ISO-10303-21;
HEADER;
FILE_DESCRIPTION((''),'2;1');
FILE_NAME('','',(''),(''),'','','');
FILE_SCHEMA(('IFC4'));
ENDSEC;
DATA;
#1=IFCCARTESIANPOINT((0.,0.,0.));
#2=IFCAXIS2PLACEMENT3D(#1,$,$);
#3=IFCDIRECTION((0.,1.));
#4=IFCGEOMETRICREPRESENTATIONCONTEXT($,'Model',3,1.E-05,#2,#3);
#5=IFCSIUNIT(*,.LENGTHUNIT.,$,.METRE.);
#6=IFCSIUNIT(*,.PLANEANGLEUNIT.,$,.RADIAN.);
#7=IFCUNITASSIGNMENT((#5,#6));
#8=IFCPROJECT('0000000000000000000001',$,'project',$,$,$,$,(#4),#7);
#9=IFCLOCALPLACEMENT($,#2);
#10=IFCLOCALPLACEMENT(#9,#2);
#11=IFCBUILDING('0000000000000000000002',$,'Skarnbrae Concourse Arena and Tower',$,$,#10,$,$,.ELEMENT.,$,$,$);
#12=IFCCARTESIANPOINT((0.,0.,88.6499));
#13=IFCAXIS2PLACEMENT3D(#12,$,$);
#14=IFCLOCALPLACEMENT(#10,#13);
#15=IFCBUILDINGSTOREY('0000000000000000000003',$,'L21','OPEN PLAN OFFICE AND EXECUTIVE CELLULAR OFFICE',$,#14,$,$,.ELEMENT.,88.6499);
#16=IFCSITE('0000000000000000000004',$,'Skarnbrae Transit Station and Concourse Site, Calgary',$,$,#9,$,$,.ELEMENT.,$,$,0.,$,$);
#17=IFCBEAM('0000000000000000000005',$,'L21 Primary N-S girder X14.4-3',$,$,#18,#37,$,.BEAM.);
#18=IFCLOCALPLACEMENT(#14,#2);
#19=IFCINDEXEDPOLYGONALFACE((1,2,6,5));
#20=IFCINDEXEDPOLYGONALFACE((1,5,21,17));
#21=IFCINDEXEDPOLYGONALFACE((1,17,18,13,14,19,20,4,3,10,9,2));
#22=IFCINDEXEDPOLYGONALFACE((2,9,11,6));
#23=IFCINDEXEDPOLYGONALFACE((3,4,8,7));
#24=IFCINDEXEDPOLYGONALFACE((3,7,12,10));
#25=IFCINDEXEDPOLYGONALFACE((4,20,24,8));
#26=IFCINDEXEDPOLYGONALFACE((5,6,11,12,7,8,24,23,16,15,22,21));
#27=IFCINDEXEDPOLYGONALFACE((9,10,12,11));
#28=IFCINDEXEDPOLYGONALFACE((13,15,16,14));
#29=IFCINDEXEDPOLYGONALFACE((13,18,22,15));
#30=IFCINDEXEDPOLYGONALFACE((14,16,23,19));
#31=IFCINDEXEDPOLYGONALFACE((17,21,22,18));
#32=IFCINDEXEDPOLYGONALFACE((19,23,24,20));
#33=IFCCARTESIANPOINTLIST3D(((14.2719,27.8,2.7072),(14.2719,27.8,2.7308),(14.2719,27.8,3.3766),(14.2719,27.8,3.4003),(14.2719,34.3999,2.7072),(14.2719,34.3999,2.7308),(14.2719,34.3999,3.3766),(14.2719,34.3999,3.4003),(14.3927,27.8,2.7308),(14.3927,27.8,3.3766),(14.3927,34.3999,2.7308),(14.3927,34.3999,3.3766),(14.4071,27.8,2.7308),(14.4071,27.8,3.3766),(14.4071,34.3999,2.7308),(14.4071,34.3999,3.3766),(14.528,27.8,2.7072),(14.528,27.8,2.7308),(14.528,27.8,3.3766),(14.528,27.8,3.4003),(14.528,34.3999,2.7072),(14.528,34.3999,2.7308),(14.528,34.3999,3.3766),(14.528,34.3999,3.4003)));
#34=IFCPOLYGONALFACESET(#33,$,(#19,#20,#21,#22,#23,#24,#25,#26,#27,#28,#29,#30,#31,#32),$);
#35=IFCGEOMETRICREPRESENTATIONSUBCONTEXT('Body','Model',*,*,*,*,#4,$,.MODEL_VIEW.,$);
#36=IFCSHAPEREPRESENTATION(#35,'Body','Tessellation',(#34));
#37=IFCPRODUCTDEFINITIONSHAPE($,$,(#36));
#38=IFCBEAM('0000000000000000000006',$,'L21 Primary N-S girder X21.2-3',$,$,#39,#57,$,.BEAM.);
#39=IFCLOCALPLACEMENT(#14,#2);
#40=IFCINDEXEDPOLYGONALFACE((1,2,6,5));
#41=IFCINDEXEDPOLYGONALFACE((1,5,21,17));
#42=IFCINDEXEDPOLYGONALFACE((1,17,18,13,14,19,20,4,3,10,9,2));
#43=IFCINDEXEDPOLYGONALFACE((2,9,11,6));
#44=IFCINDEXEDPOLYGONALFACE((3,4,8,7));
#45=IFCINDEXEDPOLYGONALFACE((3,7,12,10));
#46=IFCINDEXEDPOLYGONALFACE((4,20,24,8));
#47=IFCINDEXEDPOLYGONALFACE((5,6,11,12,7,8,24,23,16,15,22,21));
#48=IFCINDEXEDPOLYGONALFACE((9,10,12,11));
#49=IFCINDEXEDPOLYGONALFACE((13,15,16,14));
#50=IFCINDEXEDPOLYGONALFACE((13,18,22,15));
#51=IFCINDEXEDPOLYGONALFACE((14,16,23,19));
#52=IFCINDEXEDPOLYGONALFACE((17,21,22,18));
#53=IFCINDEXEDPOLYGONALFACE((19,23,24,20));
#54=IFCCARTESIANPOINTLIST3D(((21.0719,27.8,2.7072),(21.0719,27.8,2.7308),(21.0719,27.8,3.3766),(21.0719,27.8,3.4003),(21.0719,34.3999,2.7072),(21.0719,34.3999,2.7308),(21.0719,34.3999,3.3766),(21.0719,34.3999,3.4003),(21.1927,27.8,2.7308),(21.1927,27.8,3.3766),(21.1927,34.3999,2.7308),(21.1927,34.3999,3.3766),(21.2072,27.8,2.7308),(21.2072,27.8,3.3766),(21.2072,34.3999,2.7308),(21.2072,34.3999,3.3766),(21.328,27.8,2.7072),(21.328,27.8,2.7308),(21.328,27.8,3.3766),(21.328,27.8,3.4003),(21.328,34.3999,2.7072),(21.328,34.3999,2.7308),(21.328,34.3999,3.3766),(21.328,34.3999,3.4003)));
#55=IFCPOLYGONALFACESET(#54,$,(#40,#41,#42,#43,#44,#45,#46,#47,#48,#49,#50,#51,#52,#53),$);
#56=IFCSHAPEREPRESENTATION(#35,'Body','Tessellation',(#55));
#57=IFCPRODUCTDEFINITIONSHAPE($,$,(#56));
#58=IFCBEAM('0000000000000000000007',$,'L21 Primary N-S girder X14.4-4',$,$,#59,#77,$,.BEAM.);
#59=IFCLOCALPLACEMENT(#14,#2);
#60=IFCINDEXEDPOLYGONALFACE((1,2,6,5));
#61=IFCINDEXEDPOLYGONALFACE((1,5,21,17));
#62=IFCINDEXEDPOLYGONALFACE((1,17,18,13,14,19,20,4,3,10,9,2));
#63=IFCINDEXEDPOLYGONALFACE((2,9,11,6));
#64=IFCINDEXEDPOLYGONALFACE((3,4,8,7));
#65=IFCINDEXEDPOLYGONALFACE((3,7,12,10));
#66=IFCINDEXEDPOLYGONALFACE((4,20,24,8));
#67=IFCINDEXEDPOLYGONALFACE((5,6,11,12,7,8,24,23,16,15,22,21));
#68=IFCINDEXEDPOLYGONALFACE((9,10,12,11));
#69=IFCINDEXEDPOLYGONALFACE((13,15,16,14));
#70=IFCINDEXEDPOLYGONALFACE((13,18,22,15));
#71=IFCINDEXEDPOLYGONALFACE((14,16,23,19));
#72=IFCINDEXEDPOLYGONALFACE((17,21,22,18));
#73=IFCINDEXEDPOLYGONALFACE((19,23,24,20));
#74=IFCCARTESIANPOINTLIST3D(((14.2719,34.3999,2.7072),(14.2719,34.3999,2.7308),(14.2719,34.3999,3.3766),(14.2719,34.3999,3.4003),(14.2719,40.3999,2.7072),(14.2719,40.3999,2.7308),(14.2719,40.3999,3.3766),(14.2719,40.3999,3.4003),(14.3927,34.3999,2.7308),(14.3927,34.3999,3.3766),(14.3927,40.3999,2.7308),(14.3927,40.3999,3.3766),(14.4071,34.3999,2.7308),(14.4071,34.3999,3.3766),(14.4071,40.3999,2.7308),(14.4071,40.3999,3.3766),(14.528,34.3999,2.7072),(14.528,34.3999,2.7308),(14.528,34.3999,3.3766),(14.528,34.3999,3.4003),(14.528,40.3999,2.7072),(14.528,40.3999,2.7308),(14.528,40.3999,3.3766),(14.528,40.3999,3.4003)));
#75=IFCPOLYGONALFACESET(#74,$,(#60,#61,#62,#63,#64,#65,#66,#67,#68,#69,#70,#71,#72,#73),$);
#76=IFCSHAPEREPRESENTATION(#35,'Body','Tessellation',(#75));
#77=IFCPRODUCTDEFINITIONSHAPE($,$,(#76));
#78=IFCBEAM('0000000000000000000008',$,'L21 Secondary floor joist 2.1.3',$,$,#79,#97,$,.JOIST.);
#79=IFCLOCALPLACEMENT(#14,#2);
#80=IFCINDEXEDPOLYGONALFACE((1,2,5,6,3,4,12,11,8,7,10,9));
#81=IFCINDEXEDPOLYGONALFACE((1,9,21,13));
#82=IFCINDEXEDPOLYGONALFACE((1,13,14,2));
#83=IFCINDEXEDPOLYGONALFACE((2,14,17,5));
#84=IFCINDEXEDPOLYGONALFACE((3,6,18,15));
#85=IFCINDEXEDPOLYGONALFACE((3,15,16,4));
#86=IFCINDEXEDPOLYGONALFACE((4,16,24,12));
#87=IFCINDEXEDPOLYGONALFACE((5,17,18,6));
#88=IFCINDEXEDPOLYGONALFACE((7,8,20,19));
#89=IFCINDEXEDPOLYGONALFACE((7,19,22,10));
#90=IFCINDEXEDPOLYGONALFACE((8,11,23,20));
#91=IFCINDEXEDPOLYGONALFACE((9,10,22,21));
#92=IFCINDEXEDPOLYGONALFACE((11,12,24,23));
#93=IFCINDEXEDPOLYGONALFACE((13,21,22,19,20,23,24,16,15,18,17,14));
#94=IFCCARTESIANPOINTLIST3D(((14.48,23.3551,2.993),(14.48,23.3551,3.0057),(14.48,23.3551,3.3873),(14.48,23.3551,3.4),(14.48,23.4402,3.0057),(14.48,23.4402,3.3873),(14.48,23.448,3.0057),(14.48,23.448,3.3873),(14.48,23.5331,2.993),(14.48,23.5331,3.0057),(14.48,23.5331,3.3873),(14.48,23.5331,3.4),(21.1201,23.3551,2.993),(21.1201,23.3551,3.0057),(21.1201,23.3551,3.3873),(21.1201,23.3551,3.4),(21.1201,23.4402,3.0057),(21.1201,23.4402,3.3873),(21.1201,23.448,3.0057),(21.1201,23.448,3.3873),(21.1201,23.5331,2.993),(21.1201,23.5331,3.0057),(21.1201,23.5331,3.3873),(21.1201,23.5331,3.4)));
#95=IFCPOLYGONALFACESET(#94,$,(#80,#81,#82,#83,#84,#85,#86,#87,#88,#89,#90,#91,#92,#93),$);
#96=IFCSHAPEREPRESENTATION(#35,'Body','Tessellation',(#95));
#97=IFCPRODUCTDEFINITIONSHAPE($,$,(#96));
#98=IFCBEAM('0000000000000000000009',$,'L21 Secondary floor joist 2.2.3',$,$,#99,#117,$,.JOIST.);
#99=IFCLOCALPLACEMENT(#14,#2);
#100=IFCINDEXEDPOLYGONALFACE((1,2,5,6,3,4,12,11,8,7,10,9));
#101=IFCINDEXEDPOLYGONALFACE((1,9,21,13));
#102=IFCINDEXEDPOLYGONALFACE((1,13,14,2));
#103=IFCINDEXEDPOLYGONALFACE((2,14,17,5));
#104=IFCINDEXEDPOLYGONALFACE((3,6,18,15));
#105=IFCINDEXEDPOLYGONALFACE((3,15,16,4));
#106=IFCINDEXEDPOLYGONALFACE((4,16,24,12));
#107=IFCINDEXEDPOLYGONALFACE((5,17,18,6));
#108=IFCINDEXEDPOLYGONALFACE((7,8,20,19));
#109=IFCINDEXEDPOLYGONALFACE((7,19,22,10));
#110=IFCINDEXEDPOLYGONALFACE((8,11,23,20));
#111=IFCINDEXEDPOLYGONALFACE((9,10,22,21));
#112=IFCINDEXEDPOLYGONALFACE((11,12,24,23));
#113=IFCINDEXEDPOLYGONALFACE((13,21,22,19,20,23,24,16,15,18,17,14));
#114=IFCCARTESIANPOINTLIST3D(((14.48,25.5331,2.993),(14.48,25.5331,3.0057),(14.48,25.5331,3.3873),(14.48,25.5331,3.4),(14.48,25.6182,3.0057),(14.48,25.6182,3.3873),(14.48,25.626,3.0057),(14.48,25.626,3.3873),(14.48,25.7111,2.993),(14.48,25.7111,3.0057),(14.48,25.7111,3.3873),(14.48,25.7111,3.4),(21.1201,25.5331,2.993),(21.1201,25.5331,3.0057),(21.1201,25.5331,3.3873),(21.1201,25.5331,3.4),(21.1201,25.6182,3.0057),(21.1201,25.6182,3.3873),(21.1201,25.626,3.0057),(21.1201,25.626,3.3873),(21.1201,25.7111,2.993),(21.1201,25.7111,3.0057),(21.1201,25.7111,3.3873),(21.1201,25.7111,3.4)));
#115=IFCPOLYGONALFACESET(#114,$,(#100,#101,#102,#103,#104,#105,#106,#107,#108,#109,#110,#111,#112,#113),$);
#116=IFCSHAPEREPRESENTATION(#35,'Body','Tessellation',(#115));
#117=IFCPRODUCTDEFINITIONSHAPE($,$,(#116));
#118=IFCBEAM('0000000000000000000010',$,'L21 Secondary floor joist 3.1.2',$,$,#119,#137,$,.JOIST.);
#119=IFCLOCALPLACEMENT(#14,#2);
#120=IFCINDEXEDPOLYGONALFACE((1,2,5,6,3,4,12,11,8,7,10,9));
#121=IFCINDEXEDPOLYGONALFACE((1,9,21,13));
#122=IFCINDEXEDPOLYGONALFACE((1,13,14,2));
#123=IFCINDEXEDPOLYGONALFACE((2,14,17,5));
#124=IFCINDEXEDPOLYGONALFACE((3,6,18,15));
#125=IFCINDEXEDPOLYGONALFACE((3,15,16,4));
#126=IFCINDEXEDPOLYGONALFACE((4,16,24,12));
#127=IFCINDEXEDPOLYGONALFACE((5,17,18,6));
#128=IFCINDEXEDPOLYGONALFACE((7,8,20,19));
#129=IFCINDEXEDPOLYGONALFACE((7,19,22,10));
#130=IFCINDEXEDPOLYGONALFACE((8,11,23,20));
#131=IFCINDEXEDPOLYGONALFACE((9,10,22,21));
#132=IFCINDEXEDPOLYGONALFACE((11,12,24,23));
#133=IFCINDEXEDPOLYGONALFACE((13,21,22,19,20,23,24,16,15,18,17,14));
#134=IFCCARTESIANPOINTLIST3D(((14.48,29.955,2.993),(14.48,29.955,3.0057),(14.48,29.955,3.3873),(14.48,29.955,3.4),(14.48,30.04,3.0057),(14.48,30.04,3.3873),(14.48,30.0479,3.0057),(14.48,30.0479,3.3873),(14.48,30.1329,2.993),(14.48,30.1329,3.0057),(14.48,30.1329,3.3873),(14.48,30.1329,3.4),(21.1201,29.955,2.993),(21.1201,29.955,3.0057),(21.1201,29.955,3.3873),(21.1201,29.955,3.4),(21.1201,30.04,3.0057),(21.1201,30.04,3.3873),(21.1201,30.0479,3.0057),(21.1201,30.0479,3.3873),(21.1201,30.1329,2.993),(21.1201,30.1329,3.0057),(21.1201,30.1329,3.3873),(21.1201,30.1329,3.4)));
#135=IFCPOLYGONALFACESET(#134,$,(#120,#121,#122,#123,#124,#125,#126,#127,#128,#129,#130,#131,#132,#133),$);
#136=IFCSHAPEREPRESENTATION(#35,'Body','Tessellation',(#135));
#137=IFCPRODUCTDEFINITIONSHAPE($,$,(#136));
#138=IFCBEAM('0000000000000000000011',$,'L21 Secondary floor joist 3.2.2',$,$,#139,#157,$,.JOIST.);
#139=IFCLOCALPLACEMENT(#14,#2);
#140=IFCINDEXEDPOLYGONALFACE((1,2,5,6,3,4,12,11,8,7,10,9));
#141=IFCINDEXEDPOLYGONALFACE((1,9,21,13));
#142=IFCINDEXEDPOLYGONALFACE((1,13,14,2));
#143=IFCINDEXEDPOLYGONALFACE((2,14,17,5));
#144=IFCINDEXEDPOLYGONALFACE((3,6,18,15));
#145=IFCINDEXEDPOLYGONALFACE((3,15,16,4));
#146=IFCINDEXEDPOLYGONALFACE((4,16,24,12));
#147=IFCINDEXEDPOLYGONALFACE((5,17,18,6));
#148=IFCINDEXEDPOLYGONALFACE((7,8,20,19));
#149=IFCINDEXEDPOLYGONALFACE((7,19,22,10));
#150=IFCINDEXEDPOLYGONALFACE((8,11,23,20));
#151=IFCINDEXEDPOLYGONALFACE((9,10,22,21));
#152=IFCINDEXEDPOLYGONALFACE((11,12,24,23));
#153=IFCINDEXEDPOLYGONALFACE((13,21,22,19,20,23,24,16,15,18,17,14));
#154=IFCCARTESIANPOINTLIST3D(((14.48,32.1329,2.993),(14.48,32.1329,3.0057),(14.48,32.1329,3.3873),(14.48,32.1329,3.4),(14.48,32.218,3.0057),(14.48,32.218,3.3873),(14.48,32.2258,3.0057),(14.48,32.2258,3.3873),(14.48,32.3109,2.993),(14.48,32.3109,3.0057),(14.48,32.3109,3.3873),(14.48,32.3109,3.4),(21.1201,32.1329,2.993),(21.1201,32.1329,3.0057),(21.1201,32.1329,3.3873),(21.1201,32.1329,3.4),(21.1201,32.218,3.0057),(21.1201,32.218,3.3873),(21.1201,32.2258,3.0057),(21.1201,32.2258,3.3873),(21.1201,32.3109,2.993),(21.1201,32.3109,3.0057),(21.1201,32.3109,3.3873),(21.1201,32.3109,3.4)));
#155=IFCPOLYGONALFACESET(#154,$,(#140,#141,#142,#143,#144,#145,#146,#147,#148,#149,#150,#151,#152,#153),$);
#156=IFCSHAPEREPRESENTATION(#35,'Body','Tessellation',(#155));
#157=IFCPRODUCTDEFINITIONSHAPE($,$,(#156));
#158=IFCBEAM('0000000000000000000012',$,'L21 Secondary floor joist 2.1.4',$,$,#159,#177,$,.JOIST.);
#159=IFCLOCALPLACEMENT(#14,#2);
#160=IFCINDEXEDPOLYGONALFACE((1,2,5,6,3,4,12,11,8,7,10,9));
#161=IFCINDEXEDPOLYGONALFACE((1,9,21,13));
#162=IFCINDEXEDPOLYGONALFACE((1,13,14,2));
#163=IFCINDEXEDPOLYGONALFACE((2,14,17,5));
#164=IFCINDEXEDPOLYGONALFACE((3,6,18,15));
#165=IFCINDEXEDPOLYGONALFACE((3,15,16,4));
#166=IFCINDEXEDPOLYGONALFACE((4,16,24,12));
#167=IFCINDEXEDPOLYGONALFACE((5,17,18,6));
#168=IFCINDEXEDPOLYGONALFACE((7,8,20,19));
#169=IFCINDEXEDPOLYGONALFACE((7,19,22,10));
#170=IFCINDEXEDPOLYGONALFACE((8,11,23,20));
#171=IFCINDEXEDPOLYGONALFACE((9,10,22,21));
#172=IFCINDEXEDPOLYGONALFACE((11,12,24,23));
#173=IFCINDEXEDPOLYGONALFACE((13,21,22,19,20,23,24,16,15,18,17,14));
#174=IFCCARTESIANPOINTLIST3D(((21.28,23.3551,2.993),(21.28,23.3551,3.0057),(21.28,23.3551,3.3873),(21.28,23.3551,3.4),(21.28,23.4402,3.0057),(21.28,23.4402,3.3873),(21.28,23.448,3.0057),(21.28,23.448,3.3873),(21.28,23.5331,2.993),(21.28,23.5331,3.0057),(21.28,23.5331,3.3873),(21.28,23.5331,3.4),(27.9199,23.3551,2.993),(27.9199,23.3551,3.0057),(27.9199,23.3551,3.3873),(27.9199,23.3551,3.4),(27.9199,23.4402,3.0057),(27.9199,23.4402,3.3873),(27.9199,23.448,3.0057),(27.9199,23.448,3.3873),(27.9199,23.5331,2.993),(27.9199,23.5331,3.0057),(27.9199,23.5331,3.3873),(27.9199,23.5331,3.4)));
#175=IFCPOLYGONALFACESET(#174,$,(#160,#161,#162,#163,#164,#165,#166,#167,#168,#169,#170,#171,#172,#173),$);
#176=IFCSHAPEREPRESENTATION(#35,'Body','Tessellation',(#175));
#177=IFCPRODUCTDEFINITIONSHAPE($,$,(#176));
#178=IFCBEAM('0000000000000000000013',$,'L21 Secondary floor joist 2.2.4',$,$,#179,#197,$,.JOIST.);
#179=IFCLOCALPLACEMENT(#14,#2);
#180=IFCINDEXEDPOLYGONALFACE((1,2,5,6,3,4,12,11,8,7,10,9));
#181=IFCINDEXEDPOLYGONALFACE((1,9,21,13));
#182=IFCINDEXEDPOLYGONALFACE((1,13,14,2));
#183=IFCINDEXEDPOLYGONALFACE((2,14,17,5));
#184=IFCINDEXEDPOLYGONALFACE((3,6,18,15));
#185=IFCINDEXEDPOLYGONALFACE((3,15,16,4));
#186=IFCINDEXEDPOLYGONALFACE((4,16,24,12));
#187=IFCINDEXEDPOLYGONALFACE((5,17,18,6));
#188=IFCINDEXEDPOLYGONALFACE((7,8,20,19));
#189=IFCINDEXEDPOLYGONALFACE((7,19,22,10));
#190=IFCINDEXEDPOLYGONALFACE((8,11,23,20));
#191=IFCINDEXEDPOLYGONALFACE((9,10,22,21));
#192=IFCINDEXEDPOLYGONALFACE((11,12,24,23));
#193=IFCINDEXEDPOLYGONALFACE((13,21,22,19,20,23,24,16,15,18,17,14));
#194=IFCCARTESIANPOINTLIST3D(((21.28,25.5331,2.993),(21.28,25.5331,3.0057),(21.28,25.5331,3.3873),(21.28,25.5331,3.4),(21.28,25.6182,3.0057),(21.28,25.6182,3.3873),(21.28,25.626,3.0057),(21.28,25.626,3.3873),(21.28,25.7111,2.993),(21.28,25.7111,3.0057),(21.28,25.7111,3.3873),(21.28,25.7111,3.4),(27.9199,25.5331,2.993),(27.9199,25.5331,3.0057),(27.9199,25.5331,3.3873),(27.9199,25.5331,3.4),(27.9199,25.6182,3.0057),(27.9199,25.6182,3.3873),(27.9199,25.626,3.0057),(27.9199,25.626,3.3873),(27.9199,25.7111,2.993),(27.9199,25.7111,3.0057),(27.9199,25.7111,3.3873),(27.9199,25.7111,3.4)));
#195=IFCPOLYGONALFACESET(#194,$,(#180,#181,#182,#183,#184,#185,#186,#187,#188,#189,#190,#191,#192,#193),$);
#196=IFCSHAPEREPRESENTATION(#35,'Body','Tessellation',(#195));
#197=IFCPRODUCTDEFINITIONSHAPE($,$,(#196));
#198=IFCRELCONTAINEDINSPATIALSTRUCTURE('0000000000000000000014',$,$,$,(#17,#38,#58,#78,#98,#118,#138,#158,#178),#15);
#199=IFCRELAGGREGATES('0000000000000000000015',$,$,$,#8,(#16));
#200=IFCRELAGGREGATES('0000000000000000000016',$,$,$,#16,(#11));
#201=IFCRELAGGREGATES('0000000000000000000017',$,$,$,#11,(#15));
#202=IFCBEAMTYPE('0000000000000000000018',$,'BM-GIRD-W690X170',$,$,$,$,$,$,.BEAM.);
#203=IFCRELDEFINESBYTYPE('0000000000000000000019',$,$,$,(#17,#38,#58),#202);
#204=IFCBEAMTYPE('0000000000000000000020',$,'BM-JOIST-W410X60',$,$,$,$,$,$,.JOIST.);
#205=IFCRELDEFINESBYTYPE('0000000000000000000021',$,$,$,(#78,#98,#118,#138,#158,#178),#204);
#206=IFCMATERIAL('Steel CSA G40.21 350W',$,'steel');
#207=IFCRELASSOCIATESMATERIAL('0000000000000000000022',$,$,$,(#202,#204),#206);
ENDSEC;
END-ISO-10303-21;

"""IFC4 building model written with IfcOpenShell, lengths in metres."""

from ifc_helpers import new_model, si_unit, direction, frame, origin, origin_2d, place, context, subcontext, project, spatial, i_section, extrude, source, transform, mapped, material, material_profile, profile_set, type_object, element, save


model = new_model("IFC4")

# Units and contexts
model_context = context("Model", 3, precision=1e-05, world=origin(), true_north=direction((0.0, 1.0)))
body_context = subcontext(model_context, "Body", "Model", "MODEL_VIEW")
ifc_project = project(units=[si_unit("LENGTHUNIT", "METRE"), si_unit("PLANEANGLEUNIT", "RADIAN")], contexts=[model_context])

# Site, building, storey
site_placement = place(None, origin())
site = spatial("IfcSite", under=ifc_project, at=site_placement, Name="Skarnbrae Transit Station and Concourse Site, Calgary", CompositionType="ELEMENT", RefElevation=0.0)
building_placement = place(site_placement, origin())
building = spatial("IfcBuilding", under=site, at=building_placement, Name="Skarnbrae Concourse Arena and Tower", CompositionType="ELEMENT")
storey_placement = place(building_placement, frame((0.0, 0.0, 88.6499)))
storey = spatial("IfcBuildingStorey", under=building, at=storey_placement, Name="L21", Description="OPEN PLAN OFFICE AND EXECUTIVE CELLULAR OFFICE", CompositionType="ELEMENT", Elevation=88.6499)

# Shared definitions
ifc_material_1 = material(Name="Steel CSA G40.21 350W", Category="steel")

# Beams
ifc_material_profile_1 = material_profile(ifc_material_1, i_section(OverallWidth=0.2561, OverallDepth=0.6931, WebThickness=0.0144, FlangeThickness=0.0237, at=origin_2d()), Name="W690X170")
ifc_profile_set_1 = profile_set([ifc_material_profile_1], Name="Steel CSA G40.21 350W")
beam_type_1 = type_object("IfcBeamType", Name="BM-GIRD-W690X170", PredefinedType="BEAM", material=ifc_profile_set_1)
shared_shape_1 = source(origin(), body_context, "Body", "SweptSolid", [
    extrude(i_section(OverallWidth=0.2561, OverallDepth=0.6931, WebThickness=0.0144, FlangeThickness=0.0237, at=origin_2d()), origin(), (0.0, 0.0, 1.0), 6.5999),
])
for number, where, z_axis, x_axis, name in (
    (1, (14.3999, 27.8, 3.0537), (0.0, 1.0, 0.0), (-1.0, 0.0, 0.0), "L21 Primary N-S girder X14.4-3"),
    (2, (21.2, 27.8, 3.0537), (0.0, 1.0, 0.0), (-1.0, 0.0, 0.0), "L21 Primary N-S girder X21.2-3"),
):
    element("IfcBeam", number, at=place(storey_placement, frame(where, z_axis=z_axis, x_axis=x_axis)), inside=storey, type_object=beam_type_1, Name=name, PredefinedType="BEAM", context=body_context, shape_type="MappedRepresentation", body=[
        mapped(shared_shape_1, transform((0.0, 0.0, 0.0))),
    ])
shared_shape_2 = source(origin(), body_context, "Body", "SweptSolid", [
    extrude(i_section(OverallWidth=0.2561, OverallDepth=0.6931, WebThickness=0.0144, FlangeThickness=0.0237, at=origin_2d()), origin(), (0.0, 0.0, 1.0), 6.0),
])
beam_1_placement = place(storey_placement, frame((14.3999, 34.3999, 3.0537), z_axis=(0.0, 1.0, 0.0), x_axis=(-1.0, 0.0, 0.0)))
element("IfcBeam", 3, at=beam_1_placement, inside=storey, type_object=beam_type_1, Name="L21 Primary N-S girder X14.4-4", PredefinedType="BEAM", context=body_context, shape_type="MappedRepresentation", body=[
    mapped(shared_shape_2, transform((0.0, 0.0, 0.0))),
])
ifc_material_profile_2 = material_profile(ifc_material_1, i_section(OverallWidth=0.178, OverallDepth=0.407, WebThickness=0.0078, FlangeThickness=0.0127, at=origin_2d()), Name="W410X60")
ifc_profile_set_2 = profile_set([ifc_material_profile_2], Name="Steel CSA G40.21 350W")
beam_type_2 = type_object("IfcBeamType", Name="BM-JOIST-W410X60", PredefinedType="JOIST", material=ifc_profile_set_2)
shared_shape_3 = source(origin(), body_context, "Body", "SweptSolid", [
    extrude(i_section(OverallWidth=0.178, OverallDepth=0.407, WebThickness=0.0078, FlangeThickness=0.0127, at=origin_2d()), origin(), (0.0, 0.0, 1.0), 6.6401),
])
for number, where, z_axis, x_axis, name in (
    (4, (14.48, 23.4441, 3.1965), (1.0, 0.0, 0.0), (0.0, 1.0, 0.0), "L21 Secondary floor joist 2.1.3"),
    (5, (14.48, 25.6221, 3.1965), (1.0, 0.0, 0.0), (0.0, 1.0, 0.0), "L21 Secondary floor joist 2.2.3"),
    (6, (14.48, 30.0439, 3.1965), (1.0, 0.0, 0.0), (0.0, 1.0, 0.0), "L21 Secondary floor joist 3.1.2"),
    (7, (14.48, 32.2219, 3.1965), (1.0, 0.0, 0.0), (0.0, 1.0, 0.0), "L21 Secondary floor joist 3.2.2"),
):
    element("IfcBeam", number, at=place(storey_placement, frame(where, z_axis=z_axis, x_axis=x_axis)), inside=storey, type_object=beam_type_2, Name=name, PredefinedType="JOIST", context=body_context, shape_type="MappedRepresentation", body=[
        mapped(shared_shape_3, transform((0.0, 0.0, 0.0))),
    ])
shared_shape_4 = source(origin(), body_context, "Body", "SweptSolid", [
    extrude(i_section(OverallWidth=0.178, OverallDepth=0.407, WebThickness=0.0078, FlangeThickness=0.0127, at=origin_2d()), origin(), (0.0, 0.0, 1.0), 6.6399),
])
for number, where, z_axis, x_axis, name in (
    (8, (21.28, 23.4441, 3.1965), (1.0, 0.0, 0.0), (0.0, 1.0, 0.0), "L21 Secondary floor joist 2.1.4"),
    (9, (21.28, 25.6221, 3.1965), (1.0, 0.0, 0.0), (0.0, 1.0, 0.0), "L21 Secondary floor joist 2.2.4"),
):
    element("IfcBeam", number, at=place(storey_placement, frame(where, z_axis=z_axis, x_axis=x_axis)), inside=storey, type_object=beam_type_2, Name=name, PredefinedType="JOIST", context=body_context, shape_type="MappedRepresentation", body=[
        mapped(shared_shape_4, transform((0.0, 0.0, 0.0))),
    ])

save(model, "model.ifc")
